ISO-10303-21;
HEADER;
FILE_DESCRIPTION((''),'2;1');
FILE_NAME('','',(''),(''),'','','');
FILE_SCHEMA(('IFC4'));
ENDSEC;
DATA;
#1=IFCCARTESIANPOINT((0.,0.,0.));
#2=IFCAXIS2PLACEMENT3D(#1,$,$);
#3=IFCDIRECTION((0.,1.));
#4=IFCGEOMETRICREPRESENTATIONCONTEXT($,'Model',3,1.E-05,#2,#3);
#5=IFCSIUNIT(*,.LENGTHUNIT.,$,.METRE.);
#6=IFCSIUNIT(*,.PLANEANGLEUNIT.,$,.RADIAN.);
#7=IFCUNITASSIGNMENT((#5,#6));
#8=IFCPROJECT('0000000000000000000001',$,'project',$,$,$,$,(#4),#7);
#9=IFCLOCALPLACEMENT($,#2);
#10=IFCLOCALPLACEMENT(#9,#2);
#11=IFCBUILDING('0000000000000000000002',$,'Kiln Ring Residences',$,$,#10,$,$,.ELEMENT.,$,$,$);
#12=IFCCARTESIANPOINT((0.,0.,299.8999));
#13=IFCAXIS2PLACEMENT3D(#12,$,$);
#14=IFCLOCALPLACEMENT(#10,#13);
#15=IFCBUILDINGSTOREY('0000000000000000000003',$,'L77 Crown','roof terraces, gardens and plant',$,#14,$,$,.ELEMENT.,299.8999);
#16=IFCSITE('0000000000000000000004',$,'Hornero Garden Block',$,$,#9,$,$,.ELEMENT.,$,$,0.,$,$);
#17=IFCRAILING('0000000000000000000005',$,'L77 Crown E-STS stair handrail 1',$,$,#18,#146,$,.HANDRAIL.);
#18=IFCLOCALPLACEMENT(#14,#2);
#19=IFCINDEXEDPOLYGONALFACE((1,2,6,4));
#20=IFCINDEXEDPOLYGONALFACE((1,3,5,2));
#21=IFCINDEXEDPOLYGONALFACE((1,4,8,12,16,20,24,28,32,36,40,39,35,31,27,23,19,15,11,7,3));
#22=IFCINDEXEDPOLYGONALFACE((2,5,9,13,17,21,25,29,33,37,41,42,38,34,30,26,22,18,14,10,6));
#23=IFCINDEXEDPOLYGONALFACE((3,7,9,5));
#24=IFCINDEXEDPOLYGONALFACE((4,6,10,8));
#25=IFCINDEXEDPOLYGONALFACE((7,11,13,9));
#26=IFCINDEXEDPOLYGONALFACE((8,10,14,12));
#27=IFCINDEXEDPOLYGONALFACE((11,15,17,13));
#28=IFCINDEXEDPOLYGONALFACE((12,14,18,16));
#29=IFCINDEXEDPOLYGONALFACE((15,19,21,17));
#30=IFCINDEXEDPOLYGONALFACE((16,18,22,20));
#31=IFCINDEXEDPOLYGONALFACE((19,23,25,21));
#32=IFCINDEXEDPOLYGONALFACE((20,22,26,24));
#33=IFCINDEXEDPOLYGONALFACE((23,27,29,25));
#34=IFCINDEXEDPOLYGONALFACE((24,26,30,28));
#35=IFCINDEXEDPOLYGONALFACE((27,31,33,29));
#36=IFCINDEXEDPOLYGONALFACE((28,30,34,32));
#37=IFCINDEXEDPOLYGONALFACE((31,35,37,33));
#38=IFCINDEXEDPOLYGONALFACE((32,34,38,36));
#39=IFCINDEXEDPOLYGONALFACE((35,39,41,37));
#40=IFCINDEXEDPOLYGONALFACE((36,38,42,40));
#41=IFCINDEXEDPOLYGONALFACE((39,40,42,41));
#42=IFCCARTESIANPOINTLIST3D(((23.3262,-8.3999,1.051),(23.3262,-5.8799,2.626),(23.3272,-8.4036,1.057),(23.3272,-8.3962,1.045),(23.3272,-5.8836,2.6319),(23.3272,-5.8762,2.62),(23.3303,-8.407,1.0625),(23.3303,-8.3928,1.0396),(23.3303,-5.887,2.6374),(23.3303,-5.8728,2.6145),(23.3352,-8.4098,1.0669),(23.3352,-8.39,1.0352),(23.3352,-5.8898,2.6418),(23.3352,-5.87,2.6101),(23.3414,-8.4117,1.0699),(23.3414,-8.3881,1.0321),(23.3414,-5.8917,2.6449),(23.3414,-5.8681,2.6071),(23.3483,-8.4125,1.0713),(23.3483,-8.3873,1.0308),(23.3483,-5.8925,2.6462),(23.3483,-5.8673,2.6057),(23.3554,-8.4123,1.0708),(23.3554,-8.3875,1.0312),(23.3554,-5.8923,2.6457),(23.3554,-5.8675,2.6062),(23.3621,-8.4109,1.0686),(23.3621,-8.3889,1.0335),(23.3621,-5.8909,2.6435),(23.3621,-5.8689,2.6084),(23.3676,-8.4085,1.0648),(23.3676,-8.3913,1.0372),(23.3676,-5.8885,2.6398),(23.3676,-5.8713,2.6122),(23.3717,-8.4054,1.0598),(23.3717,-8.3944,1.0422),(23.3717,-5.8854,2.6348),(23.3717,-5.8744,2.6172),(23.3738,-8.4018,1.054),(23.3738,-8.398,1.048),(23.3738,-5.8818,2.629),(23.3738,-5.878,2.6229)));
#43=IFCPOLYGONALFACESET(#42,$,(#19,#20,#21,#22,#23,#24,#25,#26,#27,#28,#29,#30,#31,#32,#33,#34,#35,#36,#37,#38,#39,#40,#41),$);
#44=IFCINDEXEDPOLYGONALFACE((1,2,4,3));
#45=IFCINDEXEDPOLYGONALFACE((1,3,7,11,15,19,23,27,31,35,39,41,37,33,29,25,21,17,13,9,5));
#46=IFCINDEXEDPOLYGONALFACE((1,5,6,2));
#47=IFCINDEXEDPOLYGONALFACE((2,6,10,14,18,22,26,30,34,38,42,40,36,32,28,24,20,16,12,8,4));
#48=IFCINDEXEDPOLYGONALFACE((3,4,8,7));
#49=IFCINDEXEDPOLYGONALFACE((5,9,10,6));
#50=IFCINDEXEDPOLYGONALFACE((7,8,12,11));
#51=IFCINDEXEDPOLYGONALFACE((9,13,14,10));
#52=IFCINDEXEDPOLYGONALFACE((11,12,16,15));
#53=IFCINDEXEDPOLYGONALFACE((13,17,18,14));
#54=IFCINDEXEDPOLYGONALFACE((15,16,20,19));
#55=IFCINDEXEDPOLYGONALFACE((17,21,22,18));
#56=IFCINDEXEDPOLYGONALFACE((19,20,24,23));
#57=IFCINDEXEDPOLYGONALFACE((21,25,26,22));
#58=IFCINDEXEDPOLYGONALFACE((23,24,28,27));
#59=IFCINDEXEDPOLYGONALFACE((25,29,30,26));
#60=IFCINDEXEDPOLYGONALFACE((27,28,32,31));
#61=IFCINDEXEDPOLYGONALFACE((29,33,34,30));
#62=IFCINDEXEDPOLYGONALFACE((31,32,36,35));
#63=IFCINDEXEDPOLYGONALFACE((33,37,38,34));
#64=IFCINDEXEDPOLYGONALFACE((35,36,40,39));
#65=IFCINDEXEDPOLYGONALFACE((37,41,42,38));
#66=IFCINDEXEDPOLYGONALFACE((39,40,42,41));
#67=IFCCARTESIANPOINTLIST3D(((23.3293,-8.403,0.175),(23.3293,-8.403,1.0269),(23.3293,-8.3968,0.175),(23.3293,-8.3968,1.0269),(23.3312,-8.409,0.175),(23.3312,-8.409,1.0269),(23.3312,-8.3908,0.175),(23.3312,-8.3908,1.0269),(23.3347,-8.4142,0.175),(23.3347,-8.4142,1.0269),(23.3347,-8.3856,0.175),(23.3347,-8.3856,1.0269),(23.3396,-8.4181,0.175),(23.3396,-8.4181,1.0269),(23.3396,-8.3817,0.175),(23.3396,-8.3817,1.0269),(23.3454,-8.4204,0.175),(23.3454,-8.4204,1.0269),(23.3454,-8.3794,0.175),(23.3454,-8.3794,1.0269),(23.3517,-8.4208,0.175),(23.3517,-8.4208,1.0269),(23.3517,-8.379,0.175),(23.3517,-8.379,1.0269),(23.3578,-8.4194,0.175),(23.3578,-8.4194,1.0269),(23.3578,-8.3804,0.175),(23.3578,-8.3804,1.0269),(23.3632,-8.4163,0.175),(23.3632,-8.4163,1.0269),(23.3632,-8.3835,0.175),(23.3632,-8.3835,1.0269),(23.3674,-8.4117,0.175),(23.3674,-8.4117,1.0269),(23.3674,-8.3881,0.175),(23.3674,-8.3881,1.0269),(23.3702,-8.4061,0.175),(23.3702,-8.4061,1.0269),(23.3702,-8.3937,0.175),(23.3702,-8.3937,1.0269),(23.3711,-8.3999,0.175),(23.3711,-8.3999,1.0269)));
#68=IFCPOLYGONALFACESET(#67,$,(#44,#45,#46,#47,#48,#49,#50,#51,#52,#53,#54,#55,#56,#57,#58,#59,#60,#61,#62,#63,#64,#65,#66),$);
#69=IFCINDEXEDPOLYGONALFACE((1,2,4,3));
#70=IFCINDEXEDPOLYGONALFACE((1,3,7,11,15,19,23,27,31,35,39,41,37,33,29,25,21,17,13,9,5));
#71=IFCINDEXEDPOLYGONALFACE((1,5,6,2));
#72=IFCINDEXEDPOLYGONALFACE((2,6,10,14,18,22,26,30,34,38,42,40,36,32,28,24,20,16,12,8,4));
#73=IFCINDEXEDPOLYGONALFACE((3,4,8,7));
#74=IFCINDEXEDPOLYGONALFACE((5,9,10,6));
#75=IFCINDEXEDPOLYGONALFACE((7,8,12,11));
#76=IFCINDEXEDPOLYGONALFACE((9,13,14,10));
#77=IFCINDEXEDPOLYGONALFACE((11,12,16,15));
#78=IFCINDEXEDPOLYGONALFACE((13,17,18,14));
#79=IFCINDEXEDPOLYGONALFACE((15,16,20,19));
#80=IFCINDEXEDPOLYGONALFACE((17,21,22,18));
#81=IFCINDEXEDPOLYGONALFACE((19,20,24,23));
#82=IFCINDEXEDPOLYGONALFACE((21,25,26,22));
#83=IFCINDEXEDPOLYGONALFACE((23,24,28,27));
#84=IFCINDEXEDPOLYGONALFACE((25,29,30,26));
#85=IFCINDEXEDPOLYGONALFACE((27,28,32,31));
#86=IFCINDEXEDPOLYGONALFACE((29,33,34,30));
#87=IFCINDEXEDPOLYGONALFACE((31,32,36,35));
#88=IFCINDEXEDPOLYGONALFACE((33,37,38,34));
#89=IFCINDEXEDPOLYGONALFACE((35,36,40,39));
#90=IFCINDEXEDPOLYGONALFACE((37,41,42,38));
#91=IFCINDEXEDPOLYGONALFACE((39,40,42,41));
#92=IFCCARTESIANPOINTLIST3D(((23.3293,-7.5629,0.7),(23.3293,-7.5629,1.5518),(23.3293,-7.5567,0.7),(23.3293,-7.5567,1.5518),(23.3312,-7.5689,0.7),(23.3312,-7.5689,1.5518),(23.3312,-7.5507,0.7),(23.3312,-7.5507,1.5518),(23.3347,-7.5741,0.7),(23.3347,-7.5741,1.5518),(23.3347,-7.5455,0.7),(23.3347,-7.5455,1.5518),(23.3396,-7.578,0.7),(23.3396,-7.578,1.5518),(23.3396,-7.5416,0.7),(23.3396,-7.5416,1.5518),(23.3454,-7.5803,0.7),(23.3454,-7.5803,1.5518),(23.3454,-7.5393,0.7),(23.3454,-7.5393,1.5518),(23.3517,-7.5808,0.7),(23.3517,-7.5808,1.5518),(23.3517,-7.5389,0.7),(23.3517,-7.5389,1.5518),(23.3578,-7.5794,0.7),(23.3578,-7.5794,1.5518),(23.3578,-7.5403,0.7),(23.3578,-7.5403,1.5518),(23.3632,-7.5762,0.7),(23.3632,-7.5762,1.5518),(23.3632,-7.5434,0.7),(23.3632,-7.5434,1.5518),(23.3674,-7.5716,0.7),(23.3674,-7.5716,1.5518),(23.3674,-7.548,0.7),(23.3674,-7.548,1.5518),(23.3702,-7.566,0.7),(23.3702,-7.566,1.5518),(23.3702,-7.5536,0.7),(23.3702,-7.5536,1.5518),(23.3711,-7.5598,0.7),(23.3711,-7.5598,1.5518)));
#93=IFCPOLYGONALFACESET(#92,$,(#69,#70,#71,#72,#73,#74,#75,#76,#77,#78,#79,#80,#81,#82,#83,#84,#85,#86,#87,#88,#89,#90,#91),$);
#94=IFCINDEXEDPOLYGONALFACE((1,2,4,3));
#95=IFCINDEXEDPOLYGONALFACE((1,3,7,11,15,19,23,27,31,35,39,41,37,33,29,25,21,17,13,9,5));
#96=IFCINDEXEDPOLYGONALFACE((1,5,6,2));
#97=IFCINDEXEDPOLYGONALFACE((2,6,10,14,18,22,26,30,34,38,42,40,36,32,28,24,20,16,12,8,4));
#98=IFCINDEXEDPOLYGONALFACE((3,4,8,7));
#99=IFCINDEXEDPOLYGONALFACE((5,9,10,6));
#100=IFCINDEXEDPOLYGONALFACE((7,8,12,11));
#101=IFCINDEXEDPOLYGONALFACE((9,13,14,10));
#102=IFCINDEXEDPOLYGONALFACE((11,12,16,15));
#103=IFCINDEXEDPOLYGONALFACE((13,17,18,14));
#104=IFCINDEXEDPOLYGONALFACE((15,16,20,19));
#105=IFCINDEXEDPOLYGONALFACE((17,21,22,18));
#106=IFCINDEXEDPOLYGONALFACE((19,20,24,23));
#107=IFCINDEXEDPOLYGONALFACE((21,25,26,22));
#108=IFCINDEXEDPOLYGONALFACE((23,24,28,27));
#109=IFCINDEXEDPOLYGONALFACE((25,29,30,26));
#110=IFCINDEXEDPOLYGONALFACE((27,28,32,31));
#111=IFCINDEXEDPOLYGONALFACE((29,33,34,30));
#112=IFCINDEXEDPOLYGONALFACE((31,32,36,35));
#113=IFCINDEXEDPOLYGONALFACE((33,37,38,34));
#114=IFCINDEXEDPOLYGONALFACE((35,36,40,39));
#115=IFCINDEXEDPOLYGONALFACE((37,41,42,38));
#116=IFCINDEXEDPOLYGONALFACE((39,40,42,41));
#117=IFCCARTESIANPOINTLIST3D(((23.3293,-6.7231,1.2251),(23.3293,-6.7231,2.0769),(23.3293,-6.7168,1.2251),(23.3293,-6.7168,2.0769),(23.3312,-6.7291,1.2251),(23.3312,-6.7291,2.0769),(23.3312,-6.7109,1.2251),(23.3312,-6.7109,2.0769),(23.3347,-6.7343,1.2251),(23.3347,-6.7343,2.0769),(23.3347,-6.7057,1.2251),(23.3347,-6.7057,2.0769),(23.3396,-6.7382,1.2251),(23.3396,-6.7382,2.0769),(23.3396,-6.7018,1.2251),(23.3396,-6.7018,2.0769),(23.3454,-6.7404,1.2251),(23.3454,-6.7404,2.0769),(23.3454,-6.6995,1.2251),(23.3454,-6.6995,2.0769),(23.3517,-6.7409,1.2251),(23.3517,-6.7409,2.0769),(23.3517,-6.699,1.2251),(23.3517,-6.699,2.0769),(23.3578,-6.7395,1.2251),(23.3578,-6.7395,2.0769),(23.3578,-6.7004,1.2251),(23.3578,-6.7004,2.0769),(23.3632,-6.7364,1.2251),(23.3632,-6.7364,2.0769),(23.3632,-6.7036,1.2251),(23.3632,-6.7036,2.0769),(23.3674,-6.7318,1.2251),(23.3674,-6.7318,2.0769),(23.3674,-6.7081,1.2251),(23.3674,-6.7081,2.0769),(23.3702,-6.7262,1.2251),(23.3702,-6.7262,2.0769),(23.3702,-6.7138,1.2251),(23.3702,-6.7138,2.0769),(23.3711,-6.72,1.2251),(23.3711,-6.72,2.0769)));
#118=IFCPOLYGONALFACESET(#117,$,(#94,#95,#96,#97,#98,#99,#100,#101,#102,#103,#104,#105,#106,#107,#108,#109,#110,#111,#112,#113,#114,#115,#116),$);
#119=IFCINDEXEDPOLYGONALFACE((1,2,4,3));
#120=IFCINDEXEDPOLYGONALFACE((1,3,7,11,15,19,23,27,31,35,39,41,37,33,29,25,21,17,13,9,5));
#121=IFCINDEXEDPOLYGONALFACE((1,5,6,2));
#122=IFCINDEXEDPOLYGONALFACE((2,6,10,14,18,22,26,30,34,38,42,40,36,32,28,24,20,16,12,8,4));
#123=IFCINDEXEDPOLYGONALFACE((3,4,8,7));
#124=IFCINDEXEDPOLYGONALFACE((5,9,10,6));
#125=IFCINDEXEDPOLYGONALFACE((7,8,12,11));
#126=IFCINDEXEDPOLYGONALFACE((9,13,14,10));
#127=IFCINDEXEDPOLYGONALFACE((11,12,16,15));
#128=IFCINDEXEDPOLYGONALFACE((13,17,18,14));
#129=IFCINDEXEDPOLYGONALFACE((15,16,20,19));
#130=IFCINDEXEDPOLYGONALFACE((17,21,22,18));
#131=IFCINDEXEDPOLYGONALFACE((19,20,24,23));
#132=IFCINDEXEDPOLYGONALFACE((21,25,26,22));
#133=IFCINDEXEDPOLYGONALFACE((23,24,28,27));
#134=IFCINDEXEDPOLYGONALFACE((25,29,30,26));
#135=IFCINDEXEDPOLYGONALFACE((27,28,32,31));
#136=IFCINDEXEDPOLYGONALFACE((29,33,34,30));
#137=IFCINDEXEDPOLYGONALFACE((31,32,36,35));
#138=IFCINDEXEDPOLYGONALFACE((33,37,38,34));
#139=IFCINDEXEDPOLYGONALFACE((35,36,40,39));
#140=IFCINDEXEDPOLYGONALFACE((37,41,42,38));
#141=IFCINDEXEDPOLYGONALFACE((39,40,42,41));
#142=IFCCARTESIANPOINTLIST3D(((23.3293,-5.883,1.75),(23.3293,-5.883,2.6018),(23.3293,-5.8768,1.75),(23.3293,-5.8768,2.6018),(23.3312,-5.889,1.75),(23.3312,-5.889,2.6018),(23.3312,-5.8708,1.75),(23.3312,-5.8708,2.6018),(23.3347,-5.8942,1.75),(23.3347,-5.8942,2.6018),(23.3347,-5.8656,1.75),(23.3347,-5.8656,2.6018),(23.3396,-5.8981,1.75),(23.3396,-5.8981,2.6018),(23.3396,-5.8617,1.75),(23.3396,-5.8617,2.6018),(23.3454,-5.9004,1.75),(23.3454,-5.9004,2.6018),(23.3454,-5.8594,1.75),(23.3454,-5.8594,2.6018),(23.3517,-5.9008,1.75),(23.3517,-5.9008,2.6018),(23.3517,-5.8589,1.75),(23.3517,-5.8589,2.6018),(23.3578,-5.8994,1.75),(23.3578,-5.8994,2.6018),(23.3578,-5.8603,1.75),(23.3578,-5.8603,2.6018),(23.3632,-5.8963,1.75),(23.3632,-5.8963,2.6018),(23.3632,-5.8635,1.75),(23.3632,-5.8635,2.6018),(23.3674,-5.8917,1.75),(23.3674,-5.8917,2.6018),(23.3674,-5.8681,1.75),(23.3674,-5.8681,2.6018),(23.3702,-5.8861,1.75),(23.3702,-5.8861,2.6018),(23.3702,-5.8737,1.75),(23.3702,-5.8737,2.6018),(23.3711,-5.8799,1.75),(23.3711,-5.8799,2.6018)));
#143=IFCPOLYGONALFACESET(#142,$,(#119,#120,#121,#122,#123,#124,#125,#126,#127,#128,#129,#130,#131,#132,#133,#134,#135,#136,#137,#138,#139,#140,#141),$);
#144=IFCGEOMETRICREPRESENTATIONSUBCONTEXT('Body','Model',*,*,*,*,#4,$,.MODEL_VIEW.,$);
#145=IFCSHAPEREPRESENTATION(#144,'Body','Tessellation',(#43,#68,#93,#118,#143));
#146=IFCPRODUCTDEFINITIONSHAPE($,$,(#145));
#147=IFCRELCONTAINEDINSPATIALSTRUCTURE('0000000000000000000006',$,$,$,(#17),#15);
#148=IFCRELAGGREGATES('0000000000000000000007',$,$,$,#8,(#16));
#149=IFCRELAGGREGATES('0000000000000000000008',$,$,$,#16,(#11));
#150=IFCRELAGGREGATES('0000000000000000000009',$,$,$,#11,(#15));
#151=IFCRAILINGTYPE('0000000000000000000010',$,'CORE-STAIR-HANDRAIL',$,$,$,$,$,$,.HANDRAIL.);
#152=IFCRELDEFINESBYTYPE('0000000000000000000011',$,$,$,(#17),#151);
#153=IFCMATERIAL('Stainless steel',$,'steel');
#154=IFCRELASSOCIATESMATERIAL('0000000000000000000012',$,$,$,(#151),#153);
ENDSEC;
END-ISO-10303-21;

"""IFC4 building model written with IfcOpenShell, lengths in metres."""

from ifc_helpers import new_model, si_unit, direction, frame, origin, origin_2d, place, context, subcontext, project, spatial, circle, extrude, material, type_object, element, save


model = new_model("IFC4")

# Units and contexts
model_context = context("Model", 3, precision=1e-05, world=origin(), true_north=direction((0.0, 1.0)))
body_context = subcontext(model_context, "Body", "Model", "MODEL_VIEW")
ifc_project = project(units=[si_unit("LENGTHUNIT", "METRE"), si_unit("PLANEANGLEUNIT", "RADIAN")], contexts=[model_context])

# Site, building, storey
site_placement = place(None, origin())
site = spatial("IfcSite", under=ifc_project, at=site_placement, Name="Hornero Garden Block", CompositionType="ELEMENT", RefElevation=0.0)
building_placement = place(site_placement, origin())
building = spatial("IfcBuilding", under=site, at=building_placement, Name="Kiln Ring Residences", CompositionType="ELEMENT")
storey_placement = place(building_placement, frame((0.0, 0.0, 299.8999)))
storey = spatial("IfcBuildingStorey", under=building, at=storey_placement, Name="L77 Crown", Description="roof terraces, gardens and plant", CompositionType="ELEMENT", Elevation=299.8999)

# Railing
ifc_material_1 = material(Name="Stainless steel", Category="steel")
railing_type_1 = type_object("IfcRailingType", Name="CORE-STAIR-HANDRAIL", PredefinedType="HANDRAIL", material=ifc_material_1)
railing_1_placement = place(storey_placement, frame((23.3501, -8.3999, 0.175)))
element("IfcRailing", 1, at=railing_1_placement, inside=storey, type_object=railing_type_1, Name="L77 Crown E-STS stair handrail 1", PredefinedType="HANDRAIL", context=body_context, shape_type="SweptSolid", body=[
    extrude(circle(Radius=0.0239, at=origin_2d()), frame((0.0, 0.0, 0.876), z_axis=(0.0, 0.848008, 0.529984), x_axis=(-1.0, 0.0, 0.0)), (0.0, 0.0, 1.0), 2.9717),
    extrude(circle(Radius=0.021, at=origin_2d()), origin(), (0.0, 0.0, 1.0), 0.8518),
    extrude(circle(Radius=0.021, at=origin_2d()), frame((0.0, 0.8401, 0.5249)), (0.0, 0.0, 1.0), 0.8518),
    extrude(circle(Radius=0.021, at=origin_2d()), frame((0.0, 1.6799, 1.05)), (0.0, 0.0, 1.0), 0.8518),
    extrude(circle(Radius=0.021, at=origin_2d()), frame((0.0, 2.52, 1.575)), (0.0, 0.0, 1.0), 0.8518),
])

save(model, "model.ifc")
